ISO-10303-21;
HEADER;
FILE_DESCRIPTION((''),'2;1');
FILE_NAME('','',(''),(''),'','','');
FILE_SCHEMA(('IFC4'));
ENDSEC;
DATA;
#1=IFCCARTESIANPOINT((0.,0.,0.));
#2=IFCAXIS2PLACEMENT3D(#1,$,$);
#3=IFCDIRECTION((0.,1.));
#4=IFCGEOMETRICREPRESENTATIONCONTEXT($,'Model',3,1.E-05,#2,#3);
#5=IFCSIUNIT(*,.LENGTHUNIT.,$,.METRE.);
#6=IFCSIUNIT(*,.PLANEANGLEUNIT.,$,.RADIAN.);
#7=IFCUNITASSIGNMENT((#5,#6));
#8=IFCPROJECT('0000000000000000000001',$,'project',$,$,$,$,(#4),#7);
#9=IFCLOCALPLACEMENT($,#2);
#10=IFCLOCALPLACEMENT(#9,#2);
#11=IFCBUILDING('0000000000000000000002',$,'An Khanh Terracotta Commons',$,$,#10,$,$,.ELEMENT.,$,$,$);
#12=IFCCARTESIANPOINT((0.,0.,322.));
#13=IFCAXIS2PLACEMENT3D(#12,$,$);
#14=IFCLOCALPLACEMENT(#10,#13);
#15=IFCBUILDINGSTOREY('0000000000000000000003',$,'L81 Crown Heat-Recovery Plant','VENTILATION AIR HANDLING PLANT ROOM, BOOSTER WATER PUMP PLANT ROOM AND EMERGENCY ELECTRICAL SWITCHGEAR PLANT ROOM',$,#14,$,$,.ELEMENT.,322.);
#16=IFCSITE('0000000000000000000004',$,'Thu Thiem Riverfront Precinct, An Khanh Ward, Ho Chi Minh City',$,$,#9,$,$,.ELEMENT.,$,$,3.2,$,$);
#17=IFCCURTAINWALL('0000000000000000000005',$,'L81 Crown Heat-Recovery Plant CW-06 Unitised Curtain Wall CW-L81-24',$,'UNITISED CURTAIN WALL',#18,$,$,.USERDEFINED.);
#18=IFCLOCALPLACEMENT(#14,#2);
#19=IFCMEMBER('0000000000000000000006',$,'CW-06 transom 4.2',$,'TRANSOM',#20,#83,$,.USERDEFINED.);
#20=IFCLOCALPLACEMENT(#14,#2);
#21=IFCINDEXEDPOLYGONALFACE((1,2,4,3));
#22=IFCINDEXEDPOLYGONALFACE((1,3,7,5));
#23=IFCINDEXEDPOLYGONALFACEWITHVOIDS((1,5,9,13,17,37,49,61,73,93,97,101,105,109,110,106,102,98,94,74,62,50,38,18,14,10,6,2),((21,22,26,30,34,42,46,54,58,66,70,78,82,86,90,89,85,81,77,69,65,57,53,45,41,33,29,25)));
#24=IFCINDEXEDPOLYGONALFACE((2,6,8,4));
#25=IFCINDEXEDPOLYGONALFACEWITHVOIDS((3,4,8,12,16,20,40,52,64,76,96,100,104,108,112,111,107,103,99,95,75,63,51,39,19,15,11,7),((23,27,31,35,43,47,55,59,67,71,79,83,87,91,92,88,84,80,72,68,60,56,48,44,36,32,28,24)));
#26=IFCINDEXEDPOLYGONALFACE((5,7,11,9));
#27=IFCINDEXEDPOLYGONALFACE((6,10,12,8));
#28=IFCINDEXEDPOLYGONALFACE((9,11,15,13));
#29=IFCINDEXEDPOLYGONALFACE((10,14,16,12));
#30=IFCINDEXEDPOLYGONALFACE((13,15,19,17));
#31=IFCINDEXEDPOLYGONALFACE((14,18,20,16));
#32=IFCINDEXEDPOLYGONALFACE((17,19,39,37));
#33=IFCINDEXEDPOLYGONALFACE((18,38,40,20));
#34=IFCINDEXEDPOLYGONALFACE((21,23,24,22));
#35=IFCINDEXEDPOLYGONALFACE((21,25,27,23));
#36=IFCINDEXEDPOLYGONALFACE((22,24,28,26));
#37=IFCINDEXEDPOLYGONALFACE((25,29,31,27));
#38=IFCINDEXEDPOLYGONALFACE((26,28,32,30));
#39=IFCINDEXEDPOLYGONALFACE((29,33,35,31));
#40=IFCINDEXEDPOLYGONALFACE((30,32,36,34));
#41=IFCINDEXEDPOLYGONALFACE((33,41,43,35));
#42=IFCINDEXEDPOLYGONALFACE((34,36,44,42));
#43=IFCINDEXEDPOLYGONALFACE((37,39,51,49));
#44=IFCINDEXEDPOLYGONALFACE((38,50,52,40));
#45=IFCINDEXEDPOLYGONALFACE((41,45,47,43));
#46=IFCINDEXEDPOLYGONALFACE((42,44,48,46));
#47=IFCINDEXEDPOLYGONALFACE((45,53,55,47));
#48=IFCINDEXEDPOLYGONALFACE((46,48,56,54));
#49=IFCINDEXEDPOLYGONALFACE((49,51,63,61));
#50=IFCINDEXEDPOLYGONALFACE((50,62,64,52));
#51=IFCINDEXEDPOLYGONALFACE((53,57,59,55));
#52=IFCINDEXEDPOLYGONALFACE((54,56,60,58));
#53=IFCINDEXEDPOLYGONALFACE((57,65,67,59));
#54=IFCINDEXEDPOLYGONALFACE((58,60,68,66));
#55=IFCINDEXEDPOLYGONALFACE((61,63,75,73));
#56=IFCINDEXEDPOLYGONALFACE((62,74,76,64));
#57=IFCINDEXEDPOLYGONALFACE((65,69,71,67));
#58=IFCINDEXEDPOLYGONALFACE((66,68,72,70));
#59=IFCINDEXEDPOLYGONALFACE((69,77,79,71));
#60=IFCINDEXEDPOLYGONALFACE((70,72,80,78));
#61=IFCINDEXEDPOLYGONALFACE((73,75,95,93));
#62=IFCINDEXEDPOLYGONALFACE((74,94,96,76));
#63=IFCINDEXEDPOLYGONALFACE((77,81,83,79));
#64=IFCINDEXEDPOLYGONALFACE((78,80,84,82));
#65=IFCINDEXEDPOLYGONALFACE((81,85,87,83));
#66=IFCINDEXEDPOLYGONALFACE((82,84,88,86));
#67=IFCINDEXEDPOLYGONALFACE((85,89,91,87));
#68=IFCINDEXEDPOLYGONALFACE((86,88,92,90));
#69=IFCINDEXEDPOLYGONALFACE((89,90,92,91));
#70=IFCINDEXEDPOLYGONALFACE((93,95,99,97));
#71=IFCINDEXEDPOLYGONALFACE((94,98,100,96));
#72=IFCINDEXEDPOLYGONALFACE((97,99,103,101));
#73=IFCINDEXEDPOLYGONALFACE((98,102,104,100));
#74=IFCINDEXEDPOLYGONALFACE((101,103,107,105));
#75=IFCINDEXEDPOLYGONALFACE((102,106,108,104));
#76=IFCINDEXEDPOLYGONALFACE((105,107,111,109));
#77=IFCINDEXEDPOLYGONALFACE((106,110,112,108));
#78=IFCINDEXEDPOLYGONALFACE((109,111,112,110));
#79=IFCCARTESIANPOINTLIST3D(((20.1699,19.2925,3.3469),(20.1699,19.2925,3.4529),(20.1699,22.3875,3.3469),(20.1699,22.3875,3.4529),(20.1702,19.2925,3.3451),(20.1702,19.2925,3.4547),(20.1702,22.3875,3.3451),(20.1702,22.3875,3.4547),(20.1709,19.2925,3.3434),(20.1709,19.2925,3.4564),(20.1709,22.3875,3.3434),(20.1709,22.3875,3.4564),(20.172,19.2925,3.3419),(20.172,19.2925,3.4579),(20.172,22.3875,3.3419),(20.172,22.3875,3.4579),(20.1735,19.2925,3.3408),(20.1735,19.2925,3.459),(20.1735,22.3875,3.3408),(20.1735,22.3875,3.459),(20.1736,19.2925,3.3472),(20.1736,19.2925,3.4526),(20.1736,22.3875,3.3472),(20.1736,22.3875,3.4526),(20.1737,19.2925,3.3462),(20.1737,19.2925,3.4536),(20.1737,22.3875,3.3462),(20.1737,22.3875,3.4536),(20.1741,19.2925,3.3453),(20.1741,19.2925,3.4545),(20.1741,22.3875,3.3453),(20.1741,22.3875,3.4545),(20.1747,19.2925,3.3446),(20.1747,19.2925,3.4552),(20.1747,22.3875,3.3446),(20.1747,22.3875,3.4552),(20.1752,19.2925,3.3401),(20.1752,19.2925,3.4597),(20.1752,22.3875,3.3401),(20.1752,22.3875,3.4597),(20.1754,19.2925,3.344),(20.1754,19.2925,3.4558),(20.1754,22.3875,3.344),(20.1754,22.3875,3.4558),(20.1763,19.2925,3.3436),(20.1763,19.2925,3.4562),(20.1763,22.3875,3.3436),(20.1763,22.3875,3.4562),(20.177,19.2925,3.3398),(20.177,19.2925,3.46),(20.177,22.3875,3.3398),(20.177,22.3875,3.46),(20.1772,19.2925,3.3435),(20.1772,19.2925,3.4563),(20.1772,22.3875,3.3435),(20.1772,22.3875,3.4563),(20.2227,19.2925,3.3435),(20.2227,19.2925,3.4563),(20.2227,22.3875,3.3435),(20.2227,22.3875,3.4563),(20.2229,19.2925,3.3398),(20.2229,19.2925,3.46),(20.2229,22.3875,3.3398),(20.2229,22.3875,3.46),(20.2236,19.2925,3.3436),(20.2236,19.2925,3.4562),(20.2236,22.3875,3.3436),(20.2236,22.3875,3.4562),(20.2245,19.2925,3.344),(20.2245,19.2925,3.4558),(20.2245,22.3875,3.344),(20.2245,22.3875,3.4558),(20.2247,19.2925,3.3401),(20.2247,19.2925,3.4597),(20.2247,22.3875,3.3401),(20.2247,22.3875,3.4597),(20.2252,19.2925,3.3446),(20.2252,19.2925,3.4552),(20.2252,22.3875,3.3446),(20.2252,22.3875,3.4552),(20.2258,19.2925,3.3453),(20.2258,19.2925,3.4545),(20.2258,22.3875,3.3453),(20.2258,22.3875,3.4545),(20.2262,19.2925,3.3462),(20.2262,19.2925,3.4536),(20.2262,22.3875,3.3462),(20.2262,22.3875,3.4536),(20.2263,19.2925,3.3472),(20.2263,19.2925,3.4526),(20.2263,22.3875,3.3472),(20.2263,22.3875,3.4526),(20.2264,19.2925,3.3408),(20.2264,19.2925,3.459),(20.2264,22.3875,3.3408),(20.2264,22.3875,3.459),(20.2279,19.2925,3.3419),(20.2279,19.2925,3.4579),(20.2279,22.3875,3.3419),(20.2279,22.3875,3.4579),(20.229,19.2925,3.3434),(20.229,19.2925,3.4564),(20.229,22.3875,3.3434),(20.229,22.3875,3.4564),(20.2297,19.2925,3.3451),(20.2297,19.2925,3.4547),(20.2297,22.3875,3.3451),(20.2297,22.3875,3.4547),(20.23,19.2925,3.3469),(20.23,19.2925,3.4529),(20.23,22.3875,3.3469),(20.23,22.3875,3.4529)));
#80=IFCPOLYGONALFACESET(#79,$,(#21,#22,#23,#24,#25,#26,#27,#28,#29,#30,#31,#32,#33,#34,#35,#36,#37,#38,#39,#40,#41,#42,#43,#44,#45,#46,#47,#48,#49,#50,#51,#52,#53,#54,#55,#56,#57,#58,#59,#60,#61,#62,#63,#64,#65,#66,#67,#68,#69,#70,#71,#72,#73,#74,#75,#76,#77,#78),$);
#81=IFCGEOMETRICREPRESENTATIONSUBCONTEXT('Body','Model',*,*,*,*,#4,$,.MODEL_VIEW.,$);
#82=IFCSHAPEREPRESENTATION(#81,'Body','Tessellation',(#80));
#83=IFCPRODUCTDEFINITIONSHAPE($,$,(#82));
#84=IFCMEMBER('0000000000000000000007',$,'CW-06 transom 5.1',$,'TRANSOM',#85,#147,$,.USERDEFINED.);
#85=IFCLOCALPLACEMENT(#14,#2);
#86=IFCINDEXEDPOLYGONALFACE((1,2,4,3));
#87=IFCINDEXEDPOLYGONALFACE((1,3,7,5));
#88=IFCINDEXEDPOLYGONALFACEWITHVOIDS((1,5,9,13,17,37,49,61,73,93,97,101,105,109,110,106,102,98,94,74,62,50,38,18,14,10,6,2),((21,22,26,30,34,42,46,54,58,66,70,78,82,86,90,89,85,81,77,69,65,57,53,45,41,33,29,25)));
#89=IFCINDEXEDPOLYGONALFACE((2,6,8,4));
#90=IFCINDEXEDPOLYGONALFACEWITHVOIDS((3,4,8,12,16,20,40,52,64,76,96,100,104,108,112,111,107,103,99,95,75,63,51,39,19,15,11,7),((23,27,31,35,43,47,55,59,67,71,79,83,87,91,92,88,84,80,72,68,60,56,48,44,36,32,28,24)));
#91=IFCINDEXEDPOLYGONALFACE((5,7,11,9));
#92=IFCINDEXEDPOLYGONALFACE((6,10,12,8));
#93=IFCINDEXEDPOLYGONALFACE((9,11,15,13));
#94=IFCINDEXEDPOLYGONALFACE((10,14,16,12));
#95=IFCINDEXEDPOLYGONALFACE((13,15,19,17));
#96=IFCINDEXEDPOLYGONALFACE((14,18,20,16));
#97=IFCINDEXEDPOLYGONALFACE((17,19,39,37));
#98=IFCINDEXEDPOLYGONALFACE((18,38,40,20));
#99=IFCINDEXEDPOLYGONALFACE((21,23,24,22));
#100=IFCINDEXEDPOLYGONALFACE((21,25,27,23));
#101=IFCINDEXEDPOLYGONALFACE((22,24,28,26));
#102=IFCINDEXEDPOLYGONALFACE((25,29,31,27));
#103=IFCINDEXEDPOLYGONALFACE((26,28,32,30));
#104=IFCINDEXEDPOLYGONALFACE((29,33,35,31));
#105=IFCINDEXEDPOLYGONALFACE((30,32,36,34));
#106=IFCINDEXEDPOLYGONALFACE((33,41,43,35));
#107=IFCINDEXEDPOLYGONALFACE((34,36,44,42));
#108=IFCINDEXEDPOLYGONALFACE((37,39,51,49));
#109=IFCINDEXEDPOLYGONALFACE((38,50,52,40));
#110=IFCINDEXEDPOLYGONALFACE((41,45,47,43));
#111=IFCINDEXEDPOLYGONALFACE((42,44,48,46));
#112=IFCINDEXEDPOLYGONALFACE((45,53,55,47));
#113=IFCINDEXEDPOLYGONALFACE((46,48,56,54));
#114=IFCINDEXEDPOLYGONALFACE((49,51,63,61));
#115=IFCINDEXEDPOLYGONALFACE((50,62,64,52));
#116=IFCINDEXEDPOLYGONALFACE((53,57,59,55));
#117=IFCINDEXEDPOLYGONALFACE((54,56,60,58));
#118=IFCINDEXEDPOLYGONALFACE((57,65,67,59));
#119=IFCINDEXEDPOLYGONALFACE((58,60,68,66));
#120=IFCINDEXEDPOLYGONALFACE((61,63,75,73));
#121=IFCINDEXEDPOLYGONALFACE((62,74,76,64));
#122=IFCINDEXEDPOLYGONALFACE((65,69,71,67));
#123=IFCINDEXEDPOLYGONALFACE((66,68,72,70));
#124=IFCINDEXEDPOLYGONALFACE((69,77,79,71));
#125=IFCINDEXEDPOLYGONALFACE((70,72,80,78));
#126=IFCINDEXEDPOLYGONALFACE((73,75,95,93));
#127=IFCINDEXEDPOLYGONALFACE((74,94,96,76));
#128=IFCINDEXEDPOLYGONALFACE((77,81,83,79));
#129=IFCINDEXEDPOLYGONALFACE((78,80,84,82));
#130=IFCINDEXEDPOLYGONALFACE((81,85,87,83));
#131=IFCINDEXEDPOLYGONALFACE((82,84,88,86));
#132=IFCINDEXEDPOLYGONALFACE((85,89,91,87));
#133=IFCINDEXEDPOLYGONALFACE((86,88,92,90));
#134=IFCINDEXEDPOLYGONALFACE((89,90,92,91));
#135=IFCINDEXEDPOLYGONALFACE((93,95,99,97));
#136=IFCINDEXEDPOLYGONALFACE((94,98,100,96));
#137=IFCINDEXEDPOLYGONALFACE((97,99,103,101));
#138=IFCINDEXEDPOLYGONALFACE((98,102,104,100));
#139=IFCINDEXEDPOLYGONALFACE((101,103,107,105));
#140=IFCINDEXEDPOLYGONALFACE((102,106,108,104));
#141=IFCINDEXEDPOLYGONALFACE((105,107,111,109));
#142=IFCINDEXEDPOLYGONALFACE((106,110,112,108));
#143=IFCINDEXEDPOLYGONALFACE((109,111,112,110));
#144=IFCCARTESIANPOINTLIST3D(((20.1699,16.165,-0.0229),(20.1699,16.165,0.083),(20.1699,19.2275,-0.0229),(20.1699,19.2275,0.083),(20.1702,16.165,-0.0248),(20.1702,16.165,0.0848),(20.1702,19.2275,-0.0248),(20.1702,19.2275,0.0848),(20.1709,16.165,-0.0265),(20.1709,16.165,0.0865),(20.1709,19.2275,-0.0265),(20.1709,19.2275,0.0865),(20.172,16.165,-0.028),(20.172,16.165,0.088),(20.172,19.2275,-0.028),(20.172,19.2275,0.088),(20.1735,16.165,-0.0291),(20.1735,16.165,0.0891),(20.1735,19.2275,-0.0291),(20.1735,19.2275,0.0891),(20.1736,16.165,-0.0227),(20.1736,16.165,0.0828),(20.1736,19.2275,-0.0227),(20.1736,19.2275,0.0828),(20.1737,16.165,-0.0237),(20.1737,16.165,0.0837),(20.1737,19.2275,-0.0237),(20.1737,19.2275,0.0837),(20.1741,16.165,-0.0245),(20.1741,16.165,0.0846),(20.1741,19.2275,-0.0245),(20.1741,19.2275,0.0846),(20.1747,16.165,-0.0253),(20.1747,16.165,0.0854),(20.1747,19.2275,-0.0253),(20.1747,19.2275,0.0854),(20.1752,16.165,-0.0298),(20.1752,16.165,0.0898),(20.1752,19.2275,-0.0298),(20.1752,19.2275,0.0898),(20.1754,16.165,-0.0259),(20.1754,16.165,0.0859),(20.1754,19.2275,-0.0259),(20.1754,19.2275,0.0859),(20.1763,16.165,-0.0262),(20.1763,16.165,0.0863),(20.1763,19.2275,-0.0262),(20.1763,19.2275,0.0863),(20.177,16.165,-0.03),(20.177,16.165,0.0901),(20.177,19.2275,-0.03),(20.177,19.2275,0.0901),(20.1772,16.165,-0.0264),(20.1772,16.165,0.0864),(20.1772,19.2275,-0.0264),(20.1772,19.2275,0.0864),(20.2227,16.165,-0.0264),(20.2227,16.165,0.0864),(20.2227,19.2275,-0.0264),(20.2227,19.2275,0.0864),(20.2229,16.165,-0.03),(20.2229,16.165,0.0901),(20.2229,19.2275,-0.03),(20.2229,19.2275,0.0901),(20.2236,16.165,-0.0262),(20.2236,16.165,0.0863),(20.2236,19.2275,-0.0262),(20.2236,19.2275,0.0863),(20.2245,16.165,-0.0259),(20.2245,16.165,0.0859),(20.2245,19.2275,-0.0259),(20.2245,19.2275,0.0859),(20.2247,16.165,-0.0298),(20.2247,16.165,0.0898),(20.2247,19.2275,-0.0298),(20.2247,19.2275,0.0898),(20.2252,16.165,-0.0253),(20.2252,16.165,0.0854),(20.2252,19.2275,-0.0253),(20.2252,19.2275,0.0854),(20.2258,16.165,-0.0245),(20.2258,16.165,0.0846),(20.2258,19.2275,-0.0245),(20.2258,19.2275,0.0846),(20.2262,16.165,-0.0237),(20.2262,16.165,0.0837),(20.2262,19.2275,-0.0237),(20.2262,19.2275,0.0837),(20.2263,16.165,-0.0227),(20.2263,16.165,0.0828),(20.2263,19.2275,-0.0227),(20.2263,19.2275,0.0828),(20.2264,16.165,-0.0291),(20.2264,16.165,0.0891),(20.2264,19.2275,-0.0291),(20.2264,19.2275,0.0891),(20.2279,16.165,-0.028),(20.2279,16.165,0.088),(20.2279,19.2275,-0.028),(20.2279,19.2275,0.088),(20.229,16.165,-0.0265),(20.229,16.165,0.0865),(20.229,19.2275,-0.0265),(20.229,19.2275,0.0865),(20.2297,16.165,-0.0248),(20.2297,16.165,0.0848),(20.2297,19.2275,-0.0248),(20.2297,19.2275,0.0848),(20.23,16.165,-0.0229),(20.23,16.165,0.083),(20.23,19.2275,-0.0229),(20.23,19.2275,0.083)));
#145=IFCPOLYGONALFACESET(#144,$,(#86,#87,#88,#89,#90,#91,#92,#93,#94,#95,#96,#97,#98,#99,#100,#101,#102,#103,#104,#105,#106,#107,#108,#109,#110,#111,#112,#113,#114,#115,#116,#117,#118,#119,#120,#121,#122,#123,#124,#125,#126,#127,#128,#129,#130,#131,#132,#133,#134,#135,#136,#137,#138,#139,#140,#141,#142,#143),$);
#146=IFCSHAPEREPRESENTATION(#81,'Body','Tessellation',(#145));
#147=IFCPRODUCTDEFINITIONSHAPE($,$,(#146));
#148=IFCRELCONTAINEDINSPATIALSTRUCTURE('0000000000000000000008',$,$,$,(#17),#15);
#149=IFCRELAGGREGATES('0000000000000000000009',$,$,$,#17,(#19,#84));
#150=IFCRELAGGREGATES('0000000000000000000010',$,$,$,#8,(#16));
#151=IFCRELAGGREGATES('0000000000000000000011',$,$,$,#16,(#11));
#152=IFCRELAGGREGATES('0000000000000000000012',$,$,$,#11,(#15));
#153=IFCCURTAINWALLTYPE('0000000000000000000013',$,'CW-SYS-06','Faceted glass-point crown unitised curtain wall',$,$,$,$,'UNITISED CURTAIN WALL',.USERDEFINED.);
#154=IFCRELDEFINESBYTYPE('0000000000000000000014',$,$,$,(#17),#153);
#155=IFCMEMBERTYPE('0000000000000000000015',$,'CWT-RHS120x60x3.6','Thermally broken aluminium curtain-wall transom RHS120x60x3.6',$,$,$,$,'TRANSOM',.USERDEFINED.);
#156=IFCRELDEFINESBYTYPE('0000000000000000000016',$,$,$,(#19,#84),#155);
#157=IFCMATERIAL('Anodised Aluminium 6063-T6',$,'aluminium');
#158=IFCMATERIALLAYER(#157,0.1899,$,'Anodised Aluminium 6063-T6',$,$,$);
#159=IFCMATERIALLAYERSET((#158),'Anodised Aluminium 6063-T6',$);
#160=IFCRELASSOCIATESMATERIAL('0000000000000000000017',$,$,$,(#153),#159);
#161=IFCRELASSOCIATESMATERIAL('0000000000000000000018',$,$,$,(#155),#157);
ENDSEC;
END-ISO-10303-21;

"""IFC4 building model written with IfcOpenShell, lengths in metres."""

from ifc_helpers import new_model, si_unit, direction, frame, origin, origin_2d, place, context, subcontext, project, spatial, hollow_rectangle, extrude, material, layer, layer_set, material_profile, profile_set, type_object, element, aggregate, save


model = new_model("IFC4")

# Units and contexts
model_context = context("Model", 3, precision=1e-05, world=origin(), true_north=direction((0.0, 1.0)))
body_context = subcontext(model_context, "Body", "Model", "MODEL_VIEW")
ifc_project = project(units=[si_unit("LENGTHUNIT", "METRE"), si_unit("PLANEANGLEUNIT", "RADIAN")], contexts=[model_context])

# Site, building, storey
site_placement = place(None, origin())
site = spatial("IfcSite", under=ifc_project, at=site_placement, Name="Thu Thiem Riverfront Precinct, An Khanh Ward, Ho Chi Minh City", CompositionType="ELEMENT", RefElevation=3.2)
building_placement = place(site_placement, origin())
building = spatial("IfcBuilding", under=site, at=building_placement, Name="An Khanh Terracotta Commons", CompositionType="ELEMENT")
storey_placement = place(building_placement, frame((0.0, 0.0, 322.0)))
storey = spatial("IfcBuildingStorey", under=building, at=storey_placement, Name="L81 Crown Heat-Recovery Plant", Description="VENTILATION AIR HANDLING PLANT ROOM, BOOSTER WATER PUMP PLANT ROOM AND EMERGENCY ELECTRICAL SWITCHGEAR PLANT ROOM", CompositionType="ELEMENT", Elevation=322.0)

# Shared definitions
ifc_material_1 = material(Name="Anodised Aluminium 6063-T6", Category="aluminium")
ifc_layer_1 = layer(ifc_material_1, 0.1899, Name="Anodised Aluminium 6063-T6")
ifc_layer_set_1 = layer_set([ifc_layer_1], Name="Anodised Aluminium 6063-T6")
curtain_wall_type = type_object("IfcCurtainWallType", Name="CW-SYS-06", Description="Faceted glass-point crown unitised curtain wall", ElementType="UNITISED CURTAIN WALL", PredefinedType="USERDEFINED", material=ifc_layer_set_1)

# Curtain wall
curtain_wall_1_placement = place(storey_placement, origin())
curtain_wall_1 = element("IfcCurtainWall", 1, at=curtain_wall_1_placement, inside=storey, type_object=curtain_wall_type, Name="L81 Crown Heat-Recovery Plant CW-06 Unitised Curtain Wall CW-L81-24", ObjectType="UNITISED CURTAIN WALL", PredefinedType="USERDEFINED")

# Members
ifc_material_profile_1 = material_profile(ifc_material_1, hollow_rectangle(XDim=0.0601, YDim=0.1201, WallThickness=0.0037, InnerFilletRadius=0.0037, OuterFilletRadius=0.0071, at=origin_2d()), Name="RHS120x60x3.6")
ifc_profile_set_1 = profile_set([ifc_material_profile_1], Name="Anodised Aluminium 6063-T6")
member_type_1 = type_object("IfcMemberType", Name="CWT-RHS120x60x3.6", Description="Thermally broken aluminium curtain-wall transom RHS120x60x3.6", ElementType="TRANSOM", PredefinedType="USERDEFINED", material=ifc_profile_set_1)
member_1_placement = place(storey_placement, frame((20.2, 22.3875, 3.3999), z_axis=(0.0, -1.0, 0.0), x_axis=(1.0, 0.0, 0.0)))
member_1 = element("IfcMember", 2, at=member_1_placement, type_object=member_type_1, Name="CW-06 transom 4.2", ObjectType="TRANSOM", PredefinedType="USERDEFINED", context=body_context, shape_type="SweptSolid", body=[
    extrude(hollow_rectangle(XDim=0.0601, YDim=0.1201, WallThickness=0.0037, InnerFilletRadius=0.0037, OuterFilletRadius=0.0071, at=origin_2d()), origin(), (0.0, 0.0, 1.0), 3.095),
])
member_2_placement = place(storey_placement, frame((20.2, 19.2275, 0.03), z_axis=(0.0, -1.0, 0.0), x_axis=(1.0, 0.0, 0.0)))
member_2 = element("IfcMember", 3, at=member_2_placement, type_object=member_type_1, Name="CW-06 transom 5.1", ObjectType="TRANSOM", PredefinedType="USERDEFINED", context=body_context, shape_type="SweptSolid", body=[
    extrude(hollow_rectangle(XDim=0.0601, YDim=0.1201, WallThickness=0.0037, InnerFilletRadius=0.0037, OuterFilletRadius=0.0071, at=origin_2d()), origin(), (0.0, 0.0, 1.0), 3.0625),
])

aggregate(curtain_wall_1, [member_1, member_2])

save(model, "model.ifc")
